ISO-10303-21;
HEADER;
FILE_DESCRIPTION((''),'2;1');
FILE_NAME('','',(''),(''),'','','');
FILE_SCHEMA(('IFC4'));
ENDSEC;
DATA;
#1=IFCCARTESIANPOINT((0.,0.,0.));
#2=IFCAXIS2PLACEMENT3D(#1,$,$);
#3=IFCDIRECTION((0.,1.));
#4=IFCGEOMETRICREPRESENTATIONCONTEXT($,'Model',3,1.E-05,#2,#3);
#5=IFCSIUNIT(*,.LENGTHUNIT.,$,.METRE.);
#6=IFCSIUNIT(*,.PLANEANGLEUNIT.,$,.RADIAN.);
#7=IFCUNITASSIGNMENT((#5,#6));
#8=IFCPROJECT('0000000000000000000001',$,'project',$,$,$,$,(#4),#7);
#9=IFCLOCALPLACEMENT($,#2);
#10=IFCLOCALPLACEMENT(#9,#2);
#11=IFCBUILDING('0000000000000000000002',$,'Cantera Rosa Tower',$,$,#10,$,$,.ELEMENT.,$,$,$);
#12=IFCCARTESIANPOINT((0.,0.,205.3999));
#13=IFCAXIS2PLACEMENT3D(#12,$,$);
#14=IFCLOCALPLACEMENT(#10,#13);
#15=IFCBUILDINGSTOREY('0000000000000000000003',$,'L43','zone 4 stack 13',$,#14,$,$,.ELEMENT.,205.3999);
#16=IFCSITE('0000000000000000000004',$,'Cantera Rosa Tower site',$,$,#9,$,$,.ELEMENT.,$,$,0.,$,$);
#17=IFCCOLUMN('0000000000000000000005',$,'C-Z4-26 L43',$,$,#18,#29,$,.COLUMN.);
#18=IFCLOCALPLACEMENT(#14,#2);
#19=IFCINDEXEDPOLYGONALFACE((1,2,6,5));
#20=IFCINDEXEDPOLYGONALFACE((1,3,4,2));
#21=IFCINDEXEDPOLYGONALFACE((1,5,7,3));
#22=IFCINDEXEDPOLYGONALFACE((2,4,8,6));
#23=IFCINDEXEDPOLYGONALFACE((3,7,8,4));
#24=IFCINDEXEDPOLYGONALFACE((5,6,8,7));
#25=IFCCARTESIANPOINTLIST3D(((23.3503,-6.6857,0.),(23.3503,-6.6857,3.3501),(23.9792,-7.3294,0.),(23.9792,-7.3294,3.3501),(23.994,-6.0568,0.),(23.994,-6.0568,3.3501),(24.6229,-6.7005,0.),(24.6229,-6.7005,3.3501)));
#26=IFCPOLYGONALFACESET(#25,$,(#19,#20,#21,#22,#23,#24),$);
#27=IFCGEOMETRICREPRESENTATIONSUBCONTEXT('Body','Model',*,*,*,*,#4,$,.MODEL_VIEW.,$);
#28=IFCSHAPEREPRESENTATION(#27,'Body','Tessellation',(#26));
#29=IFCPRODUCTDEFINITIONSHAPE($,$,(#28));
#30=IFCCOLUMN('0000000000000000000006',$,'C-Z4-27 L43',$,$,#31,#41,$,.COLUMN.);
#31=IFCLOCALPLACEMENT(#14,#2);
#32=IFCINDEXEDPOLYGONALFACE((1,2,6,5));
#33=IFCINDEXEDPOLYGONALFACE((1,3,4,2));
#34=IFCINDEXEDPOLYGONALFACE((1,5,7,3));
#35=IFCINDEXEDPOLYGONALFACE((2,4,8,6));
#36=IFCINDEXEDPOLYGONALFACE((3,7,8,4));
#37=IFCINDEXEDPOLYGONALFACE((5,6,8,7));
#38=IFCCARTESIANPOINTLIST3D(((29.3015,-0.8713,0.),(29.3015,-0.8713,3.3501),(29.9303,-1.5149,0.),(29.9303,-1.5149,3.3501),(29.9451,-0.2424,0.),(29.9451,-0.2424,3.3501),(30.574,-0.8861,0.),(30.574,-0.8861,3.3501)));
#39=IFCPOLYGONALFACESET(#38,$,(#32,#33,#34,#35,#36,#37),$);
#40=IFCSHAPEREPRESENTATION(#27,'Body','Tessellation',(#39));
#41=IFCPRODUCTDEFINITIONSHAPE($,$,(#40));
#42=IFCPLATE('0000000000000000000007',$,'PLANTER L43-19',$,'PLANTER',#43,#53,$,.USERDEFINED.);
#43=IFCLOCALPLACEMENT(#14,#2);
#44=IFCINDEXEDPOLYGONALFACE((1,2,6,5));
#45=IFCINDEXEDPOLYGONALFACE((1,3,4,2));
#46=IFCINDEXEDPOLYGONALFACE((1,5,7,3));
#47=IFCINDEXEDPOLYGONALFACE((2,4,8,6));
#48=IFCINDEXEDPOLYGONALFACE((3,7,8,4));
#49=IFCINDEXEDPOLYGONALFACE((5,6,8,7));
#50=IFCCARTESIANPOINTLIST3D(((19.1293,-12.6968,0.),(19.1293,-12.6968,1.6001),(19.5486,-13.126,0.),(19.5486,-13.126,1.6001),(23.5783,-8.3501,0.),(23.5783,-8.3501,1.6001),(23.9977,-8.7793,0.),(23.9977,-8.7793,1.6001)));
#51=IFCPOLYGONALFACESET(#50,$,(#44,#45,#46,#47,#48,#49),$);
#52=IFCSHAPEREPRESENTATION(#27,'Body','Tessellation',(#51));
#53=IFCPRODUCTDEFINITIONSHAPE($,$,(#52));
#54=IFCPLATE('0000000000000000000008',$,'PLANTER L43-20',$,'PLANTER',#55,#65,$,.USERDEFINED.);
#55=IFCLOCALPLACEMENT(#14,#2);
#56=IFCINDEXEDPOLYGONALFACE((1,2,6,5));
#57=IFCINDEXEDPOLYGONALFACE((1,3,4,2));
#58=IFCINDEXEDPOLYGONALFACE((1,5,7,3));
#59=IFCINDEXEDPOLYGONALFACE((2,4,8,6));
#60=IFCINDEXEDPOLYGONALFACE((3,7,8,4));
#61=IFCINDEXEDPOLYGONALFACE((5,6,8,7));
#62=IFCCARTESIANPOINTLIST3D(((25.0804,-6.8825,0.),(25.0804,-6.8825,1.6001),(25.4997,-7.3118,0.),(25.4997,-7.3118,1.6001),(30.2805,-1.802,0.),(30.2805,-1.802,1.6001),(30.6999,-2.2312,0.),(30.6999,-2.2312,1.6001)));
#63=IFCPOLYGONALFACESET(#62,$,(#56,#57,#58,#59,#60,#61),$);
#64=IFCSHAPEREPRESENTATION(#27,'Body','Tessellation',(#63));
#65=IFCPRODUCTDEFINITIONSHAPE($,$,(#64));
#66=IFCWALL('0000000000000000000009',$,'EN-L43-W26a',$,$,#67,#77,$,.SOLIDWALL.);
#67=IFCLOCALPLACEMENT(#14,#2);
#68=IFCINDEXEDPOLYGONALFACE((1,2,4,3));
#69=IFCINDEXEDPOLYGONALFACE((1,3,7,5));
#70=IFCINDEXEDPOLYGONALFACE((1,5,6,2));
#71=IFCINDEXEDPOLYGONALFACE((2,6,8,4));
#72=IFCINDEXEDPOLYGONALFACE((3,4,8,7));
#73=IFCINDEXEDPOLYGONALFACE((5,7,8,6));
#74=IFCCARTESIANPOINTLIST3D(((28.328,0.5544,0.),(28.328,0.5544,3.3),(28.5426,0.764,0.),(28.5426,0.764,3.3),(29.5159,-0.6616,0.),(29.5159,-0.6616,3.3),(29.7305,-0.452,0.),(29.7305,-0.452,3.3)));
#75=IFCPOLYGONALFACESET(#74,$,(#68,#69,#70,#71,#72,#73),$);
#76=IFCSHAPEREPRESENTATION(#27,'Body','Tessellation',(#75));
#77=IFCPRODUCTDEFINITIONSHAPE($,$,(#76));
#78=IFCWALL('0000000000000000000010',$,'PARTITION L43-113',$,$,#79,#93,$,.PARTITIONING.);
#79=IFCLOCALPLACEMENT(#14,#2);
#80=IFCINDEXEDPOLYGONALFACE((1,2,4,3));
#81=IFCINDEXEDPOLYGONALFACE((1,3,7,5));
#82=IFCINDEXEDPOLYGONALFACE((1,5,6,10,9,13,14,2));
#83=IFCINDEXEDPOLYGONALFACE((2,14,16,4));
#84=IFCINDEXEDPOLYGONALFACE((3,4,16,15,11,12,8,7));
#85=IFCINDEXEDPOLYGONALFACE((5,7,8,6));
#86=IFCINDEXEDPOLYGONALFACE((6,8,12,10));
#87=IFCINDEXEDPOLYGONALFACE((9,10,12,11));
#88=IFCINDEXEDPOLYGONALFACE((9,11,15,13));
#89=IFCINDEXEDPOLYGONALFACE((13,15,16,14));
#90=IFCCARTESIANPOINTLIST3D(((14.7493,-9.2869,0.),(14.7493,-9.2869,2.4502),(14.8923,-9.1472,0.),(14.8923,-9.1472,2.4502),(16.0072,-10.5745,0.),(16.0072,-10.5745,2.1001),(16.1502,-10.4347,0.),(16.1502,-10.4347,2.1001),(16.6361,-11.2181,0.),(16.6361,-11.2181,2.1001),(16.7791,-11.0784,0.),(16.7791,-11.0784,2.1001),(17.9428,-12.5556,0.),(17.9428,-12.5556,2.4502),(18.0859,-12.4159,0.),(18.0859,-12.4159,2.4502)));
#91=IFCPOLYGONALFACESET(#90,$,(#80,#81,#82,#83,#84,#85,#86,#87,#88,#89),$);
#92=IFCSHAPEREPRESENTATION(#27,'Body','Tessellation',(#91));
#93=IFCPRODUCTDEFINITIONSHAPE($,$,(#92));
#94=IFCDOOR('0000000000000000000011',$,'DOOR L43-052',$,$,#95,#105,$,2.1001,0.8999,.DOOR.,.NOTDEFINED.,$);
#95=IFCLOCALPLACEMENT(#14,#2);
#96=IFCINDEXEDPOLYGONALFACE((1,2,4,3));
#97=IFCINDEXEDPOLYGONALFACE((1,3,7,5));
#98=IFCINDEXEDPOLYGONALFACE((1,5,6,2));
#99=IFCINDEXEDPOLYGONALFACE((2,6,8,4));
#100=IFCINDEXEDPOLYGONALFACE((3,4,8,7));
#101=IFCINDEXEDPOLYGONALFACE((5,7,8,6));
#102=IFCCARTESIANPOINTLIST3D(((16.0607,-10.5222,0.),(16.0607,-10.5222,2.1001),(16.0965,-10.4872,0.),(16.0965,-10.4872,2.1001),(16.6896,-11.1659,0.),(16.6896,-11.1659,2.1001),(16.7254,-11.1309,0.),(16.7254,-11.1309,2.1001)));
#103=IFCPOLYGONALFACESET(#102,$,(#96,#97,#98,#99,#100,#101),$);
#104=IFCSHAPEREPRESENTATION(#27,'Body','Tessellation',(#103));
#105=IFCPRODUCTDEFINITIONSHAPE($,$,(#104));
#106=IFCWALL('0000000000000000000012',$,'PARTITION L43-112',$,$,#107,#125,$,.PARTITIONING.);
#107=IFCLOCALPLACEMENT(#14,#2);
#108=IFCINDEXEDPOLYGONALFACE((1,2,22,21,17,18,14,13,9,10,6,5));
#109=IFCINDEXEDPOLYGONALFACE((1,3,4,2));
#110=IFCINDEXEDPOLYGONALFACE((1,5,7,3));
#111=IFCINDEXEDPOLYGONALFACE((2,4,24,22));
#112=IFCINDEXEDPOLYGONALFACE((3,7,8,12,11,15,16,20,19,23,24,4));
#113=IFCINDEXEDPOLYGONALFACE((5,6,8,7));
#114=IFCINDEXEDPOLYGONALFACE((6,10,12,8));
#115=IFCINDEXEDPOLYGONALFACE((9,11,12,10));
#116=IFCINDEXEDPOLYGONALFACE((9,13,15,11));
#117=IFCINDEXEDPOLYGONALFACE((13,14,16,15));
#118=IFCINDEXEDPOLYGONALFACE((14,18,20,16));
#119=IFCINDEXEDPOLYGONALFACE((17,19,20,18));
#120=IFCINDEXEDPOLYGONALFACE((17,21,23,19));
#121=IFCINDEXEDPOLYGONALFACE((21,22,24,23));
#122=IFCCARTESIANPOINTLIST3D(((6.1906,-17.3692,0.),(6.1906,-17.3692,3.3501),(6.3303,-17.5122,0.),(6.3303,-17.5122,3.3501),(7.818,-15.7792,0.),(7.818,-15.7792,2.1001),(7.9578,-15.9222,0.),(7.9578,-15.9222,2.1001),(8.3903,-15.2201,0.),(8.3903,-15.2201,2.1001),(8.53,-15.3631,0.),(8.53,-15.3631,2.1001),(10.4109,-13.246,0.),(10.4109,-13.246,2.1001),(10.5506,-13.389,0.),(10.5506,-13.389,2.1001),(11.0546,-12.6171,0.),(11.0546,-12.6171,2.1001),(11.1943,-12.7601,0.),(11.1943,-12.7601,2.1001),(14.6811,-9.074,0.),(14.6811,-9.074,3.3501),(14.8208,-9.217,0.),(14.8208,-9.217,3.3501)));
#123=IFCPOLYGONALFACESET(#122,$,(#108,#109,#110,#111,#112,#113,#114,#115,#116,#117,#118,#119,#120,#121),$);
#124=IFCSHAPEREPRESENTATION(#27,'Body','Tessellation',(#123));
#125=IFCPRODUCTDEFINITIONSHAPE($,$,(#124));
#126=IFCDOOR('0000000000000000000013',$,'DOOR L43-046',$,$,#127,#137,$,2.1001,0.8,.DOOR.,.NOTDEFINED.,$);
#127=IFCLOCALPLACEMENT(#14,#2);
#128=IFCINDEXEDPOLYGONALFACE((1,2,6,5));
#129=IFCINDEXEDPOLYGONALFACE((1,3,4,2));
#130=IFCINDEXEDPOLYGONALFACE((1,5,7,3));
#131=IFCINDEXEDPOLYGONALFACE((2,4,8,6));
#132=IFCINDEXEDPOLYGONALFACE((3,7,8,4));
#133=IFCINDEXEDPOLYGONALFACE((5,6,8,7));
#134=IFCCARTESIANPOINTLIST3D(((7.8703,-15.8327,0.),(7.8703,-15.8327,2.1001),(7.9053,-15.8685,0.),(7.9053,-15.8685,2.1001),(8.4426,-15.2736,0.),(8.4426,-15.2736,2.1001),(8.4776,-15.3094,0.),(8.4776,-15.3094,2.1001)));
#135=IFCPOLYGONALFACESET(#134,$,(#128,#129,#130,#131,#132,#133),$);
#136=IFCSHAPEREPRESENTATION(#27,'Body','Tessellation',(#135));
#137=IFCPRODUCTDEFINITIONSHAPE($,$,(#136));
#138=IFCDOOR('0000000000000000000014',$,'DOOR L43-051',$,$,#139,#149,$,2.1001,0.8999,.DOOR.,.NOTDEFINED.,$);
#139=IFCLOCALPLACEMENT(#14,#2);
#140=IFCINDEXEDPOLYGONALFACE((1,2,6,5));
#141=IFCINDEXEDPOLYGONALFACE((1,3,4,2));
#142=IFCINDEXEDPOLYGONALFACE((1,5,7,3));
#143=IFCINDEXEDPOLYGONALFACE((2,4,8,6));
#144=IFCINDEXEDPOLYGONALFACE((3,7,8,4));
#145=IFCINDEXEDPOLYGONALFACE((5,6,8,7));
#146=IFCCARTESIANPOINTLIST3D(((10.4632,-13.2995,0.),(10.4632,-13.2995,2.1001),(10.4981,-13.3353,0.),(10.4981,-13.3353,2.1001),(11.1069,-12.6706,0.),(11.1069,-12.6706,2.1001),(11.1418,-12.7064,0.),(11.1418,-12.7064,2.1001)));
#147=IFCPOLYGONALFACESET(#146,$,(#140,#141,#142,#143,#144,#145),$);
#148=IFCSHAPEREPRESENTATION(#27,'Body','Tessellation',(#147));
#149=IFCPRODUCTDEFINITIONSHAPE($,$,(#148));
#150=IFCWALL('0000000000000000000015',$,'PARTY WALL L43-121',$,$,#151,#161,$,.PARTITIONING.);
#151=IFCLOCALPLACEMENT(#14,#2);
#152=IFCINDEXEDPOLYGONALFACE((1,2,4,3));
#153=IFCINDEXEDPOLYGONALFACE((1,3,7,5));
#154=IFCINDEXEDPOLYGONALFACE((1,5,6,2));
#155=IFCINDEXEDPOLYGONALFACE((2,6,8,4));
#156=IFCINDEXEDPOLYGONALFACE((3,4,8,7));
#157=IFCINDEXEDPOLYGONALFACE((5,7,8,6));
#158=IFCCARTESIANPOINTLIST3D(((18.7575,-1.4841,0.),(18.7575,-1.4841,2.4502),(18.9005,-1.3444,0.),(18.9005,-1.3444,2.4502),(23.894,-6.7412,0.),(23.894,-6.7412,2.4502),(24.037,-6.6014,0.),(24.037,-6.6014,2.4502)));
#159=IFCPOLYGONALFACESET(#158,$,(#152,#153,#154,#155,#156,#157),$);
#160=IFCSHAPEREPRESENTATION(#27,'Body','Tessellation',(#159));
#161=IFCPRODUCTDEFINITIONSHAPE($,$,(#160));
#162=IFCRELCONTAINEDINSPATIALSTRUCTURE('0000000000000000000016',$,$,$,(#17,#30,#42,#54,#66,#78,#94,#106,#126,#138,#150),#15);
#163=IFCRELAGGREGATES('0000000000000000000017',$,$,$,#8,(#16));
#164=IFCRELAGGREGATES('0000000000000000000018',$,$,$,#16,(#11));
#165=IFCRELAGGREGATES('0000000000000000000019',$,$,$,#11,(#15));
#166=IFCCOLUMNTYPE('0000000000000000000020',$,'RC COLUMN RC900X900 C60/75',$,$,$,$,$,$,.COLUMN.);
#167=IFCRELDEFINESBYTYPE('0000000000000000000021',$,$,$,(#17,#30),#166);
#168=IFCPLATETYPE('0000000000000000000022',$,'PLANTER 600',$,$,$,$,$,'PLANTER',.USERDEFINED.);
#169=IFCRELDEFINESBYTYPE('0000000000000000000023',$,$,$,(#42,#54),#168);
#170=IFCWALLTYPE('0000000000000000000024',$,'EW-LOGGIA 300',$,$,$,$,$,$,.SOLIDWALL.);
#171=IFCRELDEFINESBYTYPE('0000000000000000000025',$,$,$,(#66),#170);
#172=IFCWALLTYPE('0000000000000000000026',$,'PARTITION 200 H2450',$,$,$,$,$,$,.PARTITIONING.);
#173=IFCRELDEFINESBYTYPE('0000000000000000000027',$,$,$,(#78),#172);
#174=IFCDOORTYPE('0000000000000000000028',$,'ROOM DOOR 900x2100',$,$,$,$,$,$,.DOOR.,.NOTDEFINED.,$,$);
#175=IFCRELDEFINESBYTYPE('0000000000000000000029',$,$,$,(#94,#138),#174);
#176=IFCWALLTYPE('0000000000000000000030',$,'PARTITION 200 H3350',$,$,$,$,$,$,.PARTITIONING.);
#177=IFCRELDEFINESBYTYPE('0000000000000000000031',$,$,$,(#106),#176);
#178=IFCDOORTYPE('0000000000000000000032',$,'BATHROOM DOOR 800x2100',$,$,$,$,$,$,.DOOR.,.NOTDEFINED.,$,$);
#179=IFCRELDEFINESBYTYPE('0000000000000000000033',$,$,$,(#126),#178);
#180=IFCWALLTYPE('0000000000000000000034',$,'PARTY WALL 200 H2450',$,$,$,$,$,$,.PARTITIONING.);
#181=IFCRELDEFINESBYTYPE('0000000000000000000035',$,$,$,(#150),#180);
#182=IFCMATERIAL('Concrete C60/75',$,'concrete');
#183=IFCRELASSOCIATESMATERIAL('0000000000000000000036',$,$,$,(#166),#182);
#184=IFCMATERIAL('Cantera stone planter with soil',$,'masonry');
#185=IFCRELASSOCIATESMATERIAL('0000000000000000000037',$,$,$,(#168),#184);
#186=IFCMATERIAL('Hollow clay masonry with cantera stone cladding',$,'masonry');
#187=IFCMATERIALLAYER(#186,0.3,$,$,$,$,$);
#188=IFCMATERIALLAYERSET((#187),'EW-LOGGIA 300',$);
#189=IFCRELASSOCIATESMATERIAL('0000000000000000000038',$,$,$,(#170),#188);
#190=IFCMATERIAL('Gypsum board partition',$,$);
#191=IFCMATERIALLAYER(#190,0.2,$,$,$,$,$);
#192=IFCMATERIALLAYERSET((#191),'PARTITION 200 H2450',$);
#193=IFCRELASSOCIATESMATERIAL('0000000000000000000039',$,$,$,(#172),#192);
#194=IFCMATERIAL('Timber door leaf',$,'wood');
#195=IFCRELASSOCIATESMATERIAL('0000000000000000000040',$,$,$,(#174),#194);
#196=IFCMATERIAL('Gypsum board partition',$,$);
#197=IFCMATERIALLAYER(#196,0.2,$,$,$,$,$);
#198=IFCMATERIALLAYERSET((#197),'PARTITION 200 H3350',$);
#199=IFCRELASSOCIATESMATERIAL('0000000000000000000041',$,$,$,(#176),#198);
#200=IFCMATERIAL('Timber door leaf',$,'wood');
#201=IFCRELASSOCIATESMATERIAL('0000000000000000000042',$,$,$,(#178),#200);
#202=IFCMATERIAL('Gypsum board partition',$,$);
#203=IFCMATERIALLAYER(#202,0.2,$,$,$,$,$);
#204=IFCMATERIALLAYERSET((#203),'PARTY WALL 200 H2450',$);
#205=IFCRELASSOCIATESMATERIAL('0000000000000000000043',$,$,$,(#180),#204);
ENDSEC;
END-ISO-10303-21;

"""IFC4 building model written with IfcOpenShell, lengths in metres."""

from ifc_helpers import new_model, si_unit, direction, frame, frame_2d, origin, origin_2d, place, context, subcontext, project, spatial, rectangle, extrude, material, layer, layer_set, material_profile, profile_set, type_object, element, fill, save


model = new_model("IFC4")

# Units and contexts
model_context = context("Model", 3, precision=1e-05, world=origin(), true_north=direction((0.0, 1.0)))
body_context = subcontext(model_context, "Body", "Model", "MODEL_VIEW")
ifc_project = project(units=[si_unit("LENGTHUNIT", "METRE"), si_unit("PLANEANGLEUNIT", "RADIAN")], contexts=[model_context])

# Site, building, storey
site_placement = place(None, origin())
site = spatial("IfcSite", under=ifc_project, at=site_placement, Name="Cantera Rosa Tower site", CompositionType="ELEMENT", RefElevation=0.0)
building_placement = place(site_placement, origin())
building = spatial("IfcBuilding", under=site, at=building_placement, Name="Cantera Rosa Tower", CompositionType="ELEMENT")
storey_placement = place(building_placement, frame((0.0, 0.0, 205.3999)))
storey = spatial("IfcBuildingStorey", under=building, at=storey_placement, Name="L43", Description="zone 4 stack 13", CompositionType="ELEMENT", Elevation=205.3999)

# Columns
ifc_material_1 = material(Name="Concrete C60/75", Category="concrete")
ifc_material_profile = material_profile(ifc_material_1, rectangle(XDim=0.8999, YDim=0.8999, at=origin_2d()), Name="RC COLUMN RC900X900 C60/75")
ifc_profile_set = profile_set([ifc_material_profile], Name="Concrete C60/75")
column_type = type_object("IfcColumnType", Name="RC COLUMN RC900X900 C60/75", PredefinedType="COLUMN", material=ifc_profile_set)
for number, where, z_axis, x_axis, name in (
    (1, (23.9866, -6.6931, 0.0), (0.0, 0.0, 1.0), (0.715286, 0.698832, 0.0), "C-Z4-26 L43"),
    (2, (29.9377, -0.8787, 0.0), (0.0, 0.0, 1.0), (0.715286, 0.698832, 0.0), "C-Z4-27 L43"),
):
    element("IfcColumn", number, at=place(storey_placement, frame(where, z_axis=z_axis, x_axis=x_axis)), inside=storey, type_object=column_type, Name=name, PredefinedType="COLUMN", context=body_context, shape_type="SweptSolid", body=[
        extrude(rectangle(XDim=0.8999, YDim=0.8999, at=origin_2d()), origin(), (0.0, 0.0, 1.0), 3.3501),
    ])

# Plates
ifc_material_2 = material(Name="Cantera stone planter with soil", Category="masonry")
plate_type = type_object("IfcPlateType", Name="PLANTER 600", ElementType="PLANTER", PredefinedType="USERDEFINED", material=ifc_material_2)
plate_1_placement = place(storey_placement, frame((21.5635, -10.738, 0.0), z_axis=(0.0, 0.0, 1.0), x_axis=(0.715286, 0.698832, 0.0)))
element("IfcPlate", 3, at=plate_1_placement, inside=storey, type_object=plate_type, Name="PLANTER L43-19", ObjectType="PLANTER", PredefinedType="USERDEFINED", context=body_context, shape_type="SweptSolid", body=[
    extrude(rectangle(XDim=6.22, YDim=0.6001, at=origin_2d()), origin(), (0.0, 0.0, 1.0), 1.6001),
])
plate_2_placement = place(storey_placement, frame((27.8901, -4.5569, 0.0), z_axis=(0.0, 0.0, 1.0), x_axis=(0.715286, 0.698832, 0.0)))
element("IfcPlate", 4, at=plate_2_placement, inside=storey, type_object=plate_type, Name="PLANTER L43-20", ObjectType="PLANTER", PredefinedType="USERDEFINED", context=body_context, shape_type="SweptSolid", body=[
    extrude(rectangle(XDim=7.27, YDim=0.6001, at=origin_2d()), origin(), (0.0, 0.0, 1.0), 1.6001),
])

# Wall
ifc_material_3 = material(Name="Hollow clay masonry with cantera stone cladding", Category="masonry")
ifc_layer_1 = layer(ifc_material_3, 0.3)
ifc_layer_set_1 = layer_set([ifc_layer_1], Name="EW-LOGGIA 300")
wall_type_1 = type_object("IfcWallType", Name="EW-LOGGIA 300", PredefinedType="SOLIDWALL", material=ifc_layer_set_1)
wall_1_placement = place(storey_placement, frame((29.6233, -0.5569, 0.0), z_axis=(0.0, 0.0, 1.0), x_axis=(-0.698801, 0.715316, 0.0)))
element("IfcWall", 5, at=wall_1_placement, inside=storey, type_object=wall_type_1, Name="EN-L43-W26a", PredefinedType="SOLIDWALL", context=body_context, shape_type="SweptSolid", body=[
    extrude(rectangle(XDim=1.7, YDim=0.3, at=frame_2d((0.8501, 0.0))), origin(), (0.0, 0.0, 1.0), 3.3),
])

# Wall, opening, door
ifc_material_4 = material(Name="Gypsum board partition")
ifc_layer_2 = layer(ifc_material_4, 0.2)
ifc_layer_set_2 = layer_set([ifc_layer_2], Name="PARTITION 200 H2450")
wall_type_2 = type_object("IfcWallType", Name="PARTITION 200 H2450", PredefinedType="PARTITIONING", material=ifc_layer_set_2)
wall_2_placement = place(storey_placement, frame((14.8208, -9.217, 0.0), z_axis=(0.0, 0.0, 1.0), x_axis=(0.698832, -0.715286, 0.0)))
wall_2 = element("IfcWall", 6, at=wall_2_placement, inside=storey, type_object=wall_type_2, Name="PARTITION L43-113", PredefinedType="PARTITIONING", context=body_context, shape_type="SweptSolid", body=[
    extrude(rectangle(XDim=4.5698, YDim=0.2, at=frame_2d((2.2849, 0.0))), origin(), (0.0, 0.0, 1.0), 2.4502),
])
opening_1_placement = place(wall_2_placement, frame((1.8, 0.0, 0.0)))
opening_1 = element("IfcOpeningElement", 7, at=opening_1_placement, cuts=wall_2, PredefinedType="OPENING", context=body_context, shape_type="SweptSolid", body=[
    extrude(rectangle(XDim=0.8999, YDim=2.1001, at=frame_2d((0.45, 1.05))), frame((0.0, 0.1099, 0.0), z_axis=(0.0, -1.0, 0.0), x_axis=(1.0, 0.0, 0.0)), (0.0, 0.0, 1.0), 0.22),
])
ifc_material_5 = material(Name="Timber door leaf", Category="wood")
door_type_1 = type_object("IfcDoorType", Name="ROOM DOOR 900x2100", OperationType="NOTDEFINED", PredefinedType="DOOR", material=ifc_material_5)
door_1_placement = place(opening_1_placement, origin())
door_1 = element("IfcDoor", 8, at=door_1_placement, inside=storey, type_object=door_type_1, Name="DOOR L43-052", OperationType="NOTDEFINED", OverallHeight=2.1001, OverallWidth=0.8999, PredefinedType="DOOR", context=body_context, shape_type="SweptSolid", body=[
    extrude(rectangle(XDim=0.8999, YDim=2.1001, at=frame_2d((0.45, 1.05))), frame((0.0, 0.0249, 0.0), z_axis=(0.0, -1.0, 0.0), x_axis=(1.0, 0.0, 0.0)), (0.0, 0.0, 1.0), 0.05),
])
fill(opening_1, door_1)

# Wall, openings, doors
ifc_material_6 = material(Name="Gypsum board partition")
ifc_layer_3 = layer(ifc_material_6, 0.2)
ifc_layer_set_3 = layer_set([ifc_layer_3], Name="PARTITION 200 H3350")
wall_type_3 = type_object("IfcWallType", Name="PARTITION 200 H3350", PredefinedType="PARTITIONING", material=ifc_layer_set_3)
wall_3_placement = place(storey_placement, frame((14.751, -9.1455, 0.0), z_axis=(0.0, 0.0, 1.0), x_axis=(-0.715286, -0.698832, 0.0)))
wall_3 = element("IfcWall", 9, at=wall_3_placement, inside=storey, type_object=wall_type_3, Name="PARTITION L43-112", PredefinedType="PARTITIONING", context=body_context, shape_type="SweptSolid", body=[
    extrude(rectangle(XDim=11.8701, YDim=0.2, at=frame_2d((5.9351, 0.0))), origin(), (0.0, 0.0, 1.0), 3.3501),
])
opening_2_placement = place(wall_3_placement, frame((8.7949, 0.0, 0.0)))
opening_2 = element("IfcOpeningElement", 10, at=opening_2_placement, cuts=wall_3, PredefinedType="OPENING", context=body_context, shape_type="SweptSolid", body=[
    extrude(rectangle(XDim=0.8, YDim=2.1001, at=frame_2d((0.3999, 1.05))), frame((0.0, 0.1099, 0.0), z_axis=(0.0, -1.0, 0.0), x_axis=(1.0, 0.0, 0.0)), (0.0, 0.0, 1.0), 0.22),
])
opening_3_placement = place(wall_3_placement, frame((5.0701, 0.0, 0.0)))
opening_3 = element("IfcOpeningElement", 11, at=opening_3_placement, cuts=wall_3, PredefinedType="OPENING", context=body_context, shape_type="SweptSolid", body=[
    extrude(rectangle(XDim=0.8999, YDim=2.1001, at=frame_2d((0.45, 1.05))), frame((0.0, 0.1099, 0.0), z_axis=(0.0, -1.0, 0.0), x_axis=(1.0, 0.0, 0.0)), (0.0, 0.0, 1.0), 0.22),
])
ifc_material_7 = material(Name="Timber door leaf", Category="wood")
door_type_2 = type_object("IfcDoorType", Name="BATHROOM DOOR 800x2100", OperationType="NOTDEFINED", PredefinedType="DOOR", material=ifc_material_7)
door_2_placement = place(opening_2_placement, origin())
door_2 = element("IfcDoor", 12, at=door_2_placement, inside=storey, type_object=door_type_2, Name="DOOR L43-046", OperationType="NOTDEFINED", OverallHeight=2.1001, OverallWidth=0.8, PredefinedType="DOOR", context=body_context, shape_type="SweptSolid", body=[
    extrude(rectangle(XDim=0.8, YDim=2.1001, at=frame_2d((0.3999, 1.05))), frame((0.0, 0.0249, 0.0), z_axis=(0.0, -1.0, 0.0), x_axis=(1.0, 0.0, 0.0)), (0.0, 0.0, 1.0), 0.05),
])
fill(opening_2, door_2)
door_3_placement = place(opening_3_placement, origin())
door_3 = element("IfcDoor", 13, at=door_3_placement, inside=storey, type_object=door_type_1, Name="DOOR L43-051", OperationType="NOTDEFINED", OverallHeight=2.1001, OverallWidth=0.8999, PredefinedType="DOOR", context=body_context, shape_type="SweptSolid", body=[
    extrude(rectangle(XDim=0.8999, YDim=2.1001, at=frame_2d((0.45, 1.05))), frame((0.0, 0.0249, 0.0), z_axis=(0.0, -1.0, 0.0), x_axis=(1.0, 0.0, 0.0)), (0.0, 0.0, 1.0), 0.05),
])
fill(opening_3, door_3)

# Wall
ifc_material_8 = material(Name="Gypsum board partition")
ifc_layer_4 = layer(ifc_material_8, 0.2)
ifc_layer_set_4 = layer_set([ifc_layer_4], Name="PARTY WALL 200 H2450")
wall_type_4 = type_object("IfcWallType", Name="PARTY WALL 200 H2450", PredefinedType="PARTITIONING", material=ifc_layer_set_4)
wall_4_placement = place(storey_placement, frame((18.8291, -1.4143, 0.0), z_axis=(0.0, 0.0, 1.0), x_axis=(0.698855, -0.715264, 0.0)))
element("IfcWall", 14, at=wall_4_placement, inside=storey, type_object=wall_type_4, Name="PARTY WALL L43-121", PredefinedType="PARTITIONING", context=body_context, shape_type="SweptSolid", body=[
    extrude(rectangle(XDim=7.3499, YDim=0.2, at=frame_2d((3.6748, 0.0))), origin(), (0.0, 0.0, 1.0), 2.4502),
])

save(model, "model.ifc")
